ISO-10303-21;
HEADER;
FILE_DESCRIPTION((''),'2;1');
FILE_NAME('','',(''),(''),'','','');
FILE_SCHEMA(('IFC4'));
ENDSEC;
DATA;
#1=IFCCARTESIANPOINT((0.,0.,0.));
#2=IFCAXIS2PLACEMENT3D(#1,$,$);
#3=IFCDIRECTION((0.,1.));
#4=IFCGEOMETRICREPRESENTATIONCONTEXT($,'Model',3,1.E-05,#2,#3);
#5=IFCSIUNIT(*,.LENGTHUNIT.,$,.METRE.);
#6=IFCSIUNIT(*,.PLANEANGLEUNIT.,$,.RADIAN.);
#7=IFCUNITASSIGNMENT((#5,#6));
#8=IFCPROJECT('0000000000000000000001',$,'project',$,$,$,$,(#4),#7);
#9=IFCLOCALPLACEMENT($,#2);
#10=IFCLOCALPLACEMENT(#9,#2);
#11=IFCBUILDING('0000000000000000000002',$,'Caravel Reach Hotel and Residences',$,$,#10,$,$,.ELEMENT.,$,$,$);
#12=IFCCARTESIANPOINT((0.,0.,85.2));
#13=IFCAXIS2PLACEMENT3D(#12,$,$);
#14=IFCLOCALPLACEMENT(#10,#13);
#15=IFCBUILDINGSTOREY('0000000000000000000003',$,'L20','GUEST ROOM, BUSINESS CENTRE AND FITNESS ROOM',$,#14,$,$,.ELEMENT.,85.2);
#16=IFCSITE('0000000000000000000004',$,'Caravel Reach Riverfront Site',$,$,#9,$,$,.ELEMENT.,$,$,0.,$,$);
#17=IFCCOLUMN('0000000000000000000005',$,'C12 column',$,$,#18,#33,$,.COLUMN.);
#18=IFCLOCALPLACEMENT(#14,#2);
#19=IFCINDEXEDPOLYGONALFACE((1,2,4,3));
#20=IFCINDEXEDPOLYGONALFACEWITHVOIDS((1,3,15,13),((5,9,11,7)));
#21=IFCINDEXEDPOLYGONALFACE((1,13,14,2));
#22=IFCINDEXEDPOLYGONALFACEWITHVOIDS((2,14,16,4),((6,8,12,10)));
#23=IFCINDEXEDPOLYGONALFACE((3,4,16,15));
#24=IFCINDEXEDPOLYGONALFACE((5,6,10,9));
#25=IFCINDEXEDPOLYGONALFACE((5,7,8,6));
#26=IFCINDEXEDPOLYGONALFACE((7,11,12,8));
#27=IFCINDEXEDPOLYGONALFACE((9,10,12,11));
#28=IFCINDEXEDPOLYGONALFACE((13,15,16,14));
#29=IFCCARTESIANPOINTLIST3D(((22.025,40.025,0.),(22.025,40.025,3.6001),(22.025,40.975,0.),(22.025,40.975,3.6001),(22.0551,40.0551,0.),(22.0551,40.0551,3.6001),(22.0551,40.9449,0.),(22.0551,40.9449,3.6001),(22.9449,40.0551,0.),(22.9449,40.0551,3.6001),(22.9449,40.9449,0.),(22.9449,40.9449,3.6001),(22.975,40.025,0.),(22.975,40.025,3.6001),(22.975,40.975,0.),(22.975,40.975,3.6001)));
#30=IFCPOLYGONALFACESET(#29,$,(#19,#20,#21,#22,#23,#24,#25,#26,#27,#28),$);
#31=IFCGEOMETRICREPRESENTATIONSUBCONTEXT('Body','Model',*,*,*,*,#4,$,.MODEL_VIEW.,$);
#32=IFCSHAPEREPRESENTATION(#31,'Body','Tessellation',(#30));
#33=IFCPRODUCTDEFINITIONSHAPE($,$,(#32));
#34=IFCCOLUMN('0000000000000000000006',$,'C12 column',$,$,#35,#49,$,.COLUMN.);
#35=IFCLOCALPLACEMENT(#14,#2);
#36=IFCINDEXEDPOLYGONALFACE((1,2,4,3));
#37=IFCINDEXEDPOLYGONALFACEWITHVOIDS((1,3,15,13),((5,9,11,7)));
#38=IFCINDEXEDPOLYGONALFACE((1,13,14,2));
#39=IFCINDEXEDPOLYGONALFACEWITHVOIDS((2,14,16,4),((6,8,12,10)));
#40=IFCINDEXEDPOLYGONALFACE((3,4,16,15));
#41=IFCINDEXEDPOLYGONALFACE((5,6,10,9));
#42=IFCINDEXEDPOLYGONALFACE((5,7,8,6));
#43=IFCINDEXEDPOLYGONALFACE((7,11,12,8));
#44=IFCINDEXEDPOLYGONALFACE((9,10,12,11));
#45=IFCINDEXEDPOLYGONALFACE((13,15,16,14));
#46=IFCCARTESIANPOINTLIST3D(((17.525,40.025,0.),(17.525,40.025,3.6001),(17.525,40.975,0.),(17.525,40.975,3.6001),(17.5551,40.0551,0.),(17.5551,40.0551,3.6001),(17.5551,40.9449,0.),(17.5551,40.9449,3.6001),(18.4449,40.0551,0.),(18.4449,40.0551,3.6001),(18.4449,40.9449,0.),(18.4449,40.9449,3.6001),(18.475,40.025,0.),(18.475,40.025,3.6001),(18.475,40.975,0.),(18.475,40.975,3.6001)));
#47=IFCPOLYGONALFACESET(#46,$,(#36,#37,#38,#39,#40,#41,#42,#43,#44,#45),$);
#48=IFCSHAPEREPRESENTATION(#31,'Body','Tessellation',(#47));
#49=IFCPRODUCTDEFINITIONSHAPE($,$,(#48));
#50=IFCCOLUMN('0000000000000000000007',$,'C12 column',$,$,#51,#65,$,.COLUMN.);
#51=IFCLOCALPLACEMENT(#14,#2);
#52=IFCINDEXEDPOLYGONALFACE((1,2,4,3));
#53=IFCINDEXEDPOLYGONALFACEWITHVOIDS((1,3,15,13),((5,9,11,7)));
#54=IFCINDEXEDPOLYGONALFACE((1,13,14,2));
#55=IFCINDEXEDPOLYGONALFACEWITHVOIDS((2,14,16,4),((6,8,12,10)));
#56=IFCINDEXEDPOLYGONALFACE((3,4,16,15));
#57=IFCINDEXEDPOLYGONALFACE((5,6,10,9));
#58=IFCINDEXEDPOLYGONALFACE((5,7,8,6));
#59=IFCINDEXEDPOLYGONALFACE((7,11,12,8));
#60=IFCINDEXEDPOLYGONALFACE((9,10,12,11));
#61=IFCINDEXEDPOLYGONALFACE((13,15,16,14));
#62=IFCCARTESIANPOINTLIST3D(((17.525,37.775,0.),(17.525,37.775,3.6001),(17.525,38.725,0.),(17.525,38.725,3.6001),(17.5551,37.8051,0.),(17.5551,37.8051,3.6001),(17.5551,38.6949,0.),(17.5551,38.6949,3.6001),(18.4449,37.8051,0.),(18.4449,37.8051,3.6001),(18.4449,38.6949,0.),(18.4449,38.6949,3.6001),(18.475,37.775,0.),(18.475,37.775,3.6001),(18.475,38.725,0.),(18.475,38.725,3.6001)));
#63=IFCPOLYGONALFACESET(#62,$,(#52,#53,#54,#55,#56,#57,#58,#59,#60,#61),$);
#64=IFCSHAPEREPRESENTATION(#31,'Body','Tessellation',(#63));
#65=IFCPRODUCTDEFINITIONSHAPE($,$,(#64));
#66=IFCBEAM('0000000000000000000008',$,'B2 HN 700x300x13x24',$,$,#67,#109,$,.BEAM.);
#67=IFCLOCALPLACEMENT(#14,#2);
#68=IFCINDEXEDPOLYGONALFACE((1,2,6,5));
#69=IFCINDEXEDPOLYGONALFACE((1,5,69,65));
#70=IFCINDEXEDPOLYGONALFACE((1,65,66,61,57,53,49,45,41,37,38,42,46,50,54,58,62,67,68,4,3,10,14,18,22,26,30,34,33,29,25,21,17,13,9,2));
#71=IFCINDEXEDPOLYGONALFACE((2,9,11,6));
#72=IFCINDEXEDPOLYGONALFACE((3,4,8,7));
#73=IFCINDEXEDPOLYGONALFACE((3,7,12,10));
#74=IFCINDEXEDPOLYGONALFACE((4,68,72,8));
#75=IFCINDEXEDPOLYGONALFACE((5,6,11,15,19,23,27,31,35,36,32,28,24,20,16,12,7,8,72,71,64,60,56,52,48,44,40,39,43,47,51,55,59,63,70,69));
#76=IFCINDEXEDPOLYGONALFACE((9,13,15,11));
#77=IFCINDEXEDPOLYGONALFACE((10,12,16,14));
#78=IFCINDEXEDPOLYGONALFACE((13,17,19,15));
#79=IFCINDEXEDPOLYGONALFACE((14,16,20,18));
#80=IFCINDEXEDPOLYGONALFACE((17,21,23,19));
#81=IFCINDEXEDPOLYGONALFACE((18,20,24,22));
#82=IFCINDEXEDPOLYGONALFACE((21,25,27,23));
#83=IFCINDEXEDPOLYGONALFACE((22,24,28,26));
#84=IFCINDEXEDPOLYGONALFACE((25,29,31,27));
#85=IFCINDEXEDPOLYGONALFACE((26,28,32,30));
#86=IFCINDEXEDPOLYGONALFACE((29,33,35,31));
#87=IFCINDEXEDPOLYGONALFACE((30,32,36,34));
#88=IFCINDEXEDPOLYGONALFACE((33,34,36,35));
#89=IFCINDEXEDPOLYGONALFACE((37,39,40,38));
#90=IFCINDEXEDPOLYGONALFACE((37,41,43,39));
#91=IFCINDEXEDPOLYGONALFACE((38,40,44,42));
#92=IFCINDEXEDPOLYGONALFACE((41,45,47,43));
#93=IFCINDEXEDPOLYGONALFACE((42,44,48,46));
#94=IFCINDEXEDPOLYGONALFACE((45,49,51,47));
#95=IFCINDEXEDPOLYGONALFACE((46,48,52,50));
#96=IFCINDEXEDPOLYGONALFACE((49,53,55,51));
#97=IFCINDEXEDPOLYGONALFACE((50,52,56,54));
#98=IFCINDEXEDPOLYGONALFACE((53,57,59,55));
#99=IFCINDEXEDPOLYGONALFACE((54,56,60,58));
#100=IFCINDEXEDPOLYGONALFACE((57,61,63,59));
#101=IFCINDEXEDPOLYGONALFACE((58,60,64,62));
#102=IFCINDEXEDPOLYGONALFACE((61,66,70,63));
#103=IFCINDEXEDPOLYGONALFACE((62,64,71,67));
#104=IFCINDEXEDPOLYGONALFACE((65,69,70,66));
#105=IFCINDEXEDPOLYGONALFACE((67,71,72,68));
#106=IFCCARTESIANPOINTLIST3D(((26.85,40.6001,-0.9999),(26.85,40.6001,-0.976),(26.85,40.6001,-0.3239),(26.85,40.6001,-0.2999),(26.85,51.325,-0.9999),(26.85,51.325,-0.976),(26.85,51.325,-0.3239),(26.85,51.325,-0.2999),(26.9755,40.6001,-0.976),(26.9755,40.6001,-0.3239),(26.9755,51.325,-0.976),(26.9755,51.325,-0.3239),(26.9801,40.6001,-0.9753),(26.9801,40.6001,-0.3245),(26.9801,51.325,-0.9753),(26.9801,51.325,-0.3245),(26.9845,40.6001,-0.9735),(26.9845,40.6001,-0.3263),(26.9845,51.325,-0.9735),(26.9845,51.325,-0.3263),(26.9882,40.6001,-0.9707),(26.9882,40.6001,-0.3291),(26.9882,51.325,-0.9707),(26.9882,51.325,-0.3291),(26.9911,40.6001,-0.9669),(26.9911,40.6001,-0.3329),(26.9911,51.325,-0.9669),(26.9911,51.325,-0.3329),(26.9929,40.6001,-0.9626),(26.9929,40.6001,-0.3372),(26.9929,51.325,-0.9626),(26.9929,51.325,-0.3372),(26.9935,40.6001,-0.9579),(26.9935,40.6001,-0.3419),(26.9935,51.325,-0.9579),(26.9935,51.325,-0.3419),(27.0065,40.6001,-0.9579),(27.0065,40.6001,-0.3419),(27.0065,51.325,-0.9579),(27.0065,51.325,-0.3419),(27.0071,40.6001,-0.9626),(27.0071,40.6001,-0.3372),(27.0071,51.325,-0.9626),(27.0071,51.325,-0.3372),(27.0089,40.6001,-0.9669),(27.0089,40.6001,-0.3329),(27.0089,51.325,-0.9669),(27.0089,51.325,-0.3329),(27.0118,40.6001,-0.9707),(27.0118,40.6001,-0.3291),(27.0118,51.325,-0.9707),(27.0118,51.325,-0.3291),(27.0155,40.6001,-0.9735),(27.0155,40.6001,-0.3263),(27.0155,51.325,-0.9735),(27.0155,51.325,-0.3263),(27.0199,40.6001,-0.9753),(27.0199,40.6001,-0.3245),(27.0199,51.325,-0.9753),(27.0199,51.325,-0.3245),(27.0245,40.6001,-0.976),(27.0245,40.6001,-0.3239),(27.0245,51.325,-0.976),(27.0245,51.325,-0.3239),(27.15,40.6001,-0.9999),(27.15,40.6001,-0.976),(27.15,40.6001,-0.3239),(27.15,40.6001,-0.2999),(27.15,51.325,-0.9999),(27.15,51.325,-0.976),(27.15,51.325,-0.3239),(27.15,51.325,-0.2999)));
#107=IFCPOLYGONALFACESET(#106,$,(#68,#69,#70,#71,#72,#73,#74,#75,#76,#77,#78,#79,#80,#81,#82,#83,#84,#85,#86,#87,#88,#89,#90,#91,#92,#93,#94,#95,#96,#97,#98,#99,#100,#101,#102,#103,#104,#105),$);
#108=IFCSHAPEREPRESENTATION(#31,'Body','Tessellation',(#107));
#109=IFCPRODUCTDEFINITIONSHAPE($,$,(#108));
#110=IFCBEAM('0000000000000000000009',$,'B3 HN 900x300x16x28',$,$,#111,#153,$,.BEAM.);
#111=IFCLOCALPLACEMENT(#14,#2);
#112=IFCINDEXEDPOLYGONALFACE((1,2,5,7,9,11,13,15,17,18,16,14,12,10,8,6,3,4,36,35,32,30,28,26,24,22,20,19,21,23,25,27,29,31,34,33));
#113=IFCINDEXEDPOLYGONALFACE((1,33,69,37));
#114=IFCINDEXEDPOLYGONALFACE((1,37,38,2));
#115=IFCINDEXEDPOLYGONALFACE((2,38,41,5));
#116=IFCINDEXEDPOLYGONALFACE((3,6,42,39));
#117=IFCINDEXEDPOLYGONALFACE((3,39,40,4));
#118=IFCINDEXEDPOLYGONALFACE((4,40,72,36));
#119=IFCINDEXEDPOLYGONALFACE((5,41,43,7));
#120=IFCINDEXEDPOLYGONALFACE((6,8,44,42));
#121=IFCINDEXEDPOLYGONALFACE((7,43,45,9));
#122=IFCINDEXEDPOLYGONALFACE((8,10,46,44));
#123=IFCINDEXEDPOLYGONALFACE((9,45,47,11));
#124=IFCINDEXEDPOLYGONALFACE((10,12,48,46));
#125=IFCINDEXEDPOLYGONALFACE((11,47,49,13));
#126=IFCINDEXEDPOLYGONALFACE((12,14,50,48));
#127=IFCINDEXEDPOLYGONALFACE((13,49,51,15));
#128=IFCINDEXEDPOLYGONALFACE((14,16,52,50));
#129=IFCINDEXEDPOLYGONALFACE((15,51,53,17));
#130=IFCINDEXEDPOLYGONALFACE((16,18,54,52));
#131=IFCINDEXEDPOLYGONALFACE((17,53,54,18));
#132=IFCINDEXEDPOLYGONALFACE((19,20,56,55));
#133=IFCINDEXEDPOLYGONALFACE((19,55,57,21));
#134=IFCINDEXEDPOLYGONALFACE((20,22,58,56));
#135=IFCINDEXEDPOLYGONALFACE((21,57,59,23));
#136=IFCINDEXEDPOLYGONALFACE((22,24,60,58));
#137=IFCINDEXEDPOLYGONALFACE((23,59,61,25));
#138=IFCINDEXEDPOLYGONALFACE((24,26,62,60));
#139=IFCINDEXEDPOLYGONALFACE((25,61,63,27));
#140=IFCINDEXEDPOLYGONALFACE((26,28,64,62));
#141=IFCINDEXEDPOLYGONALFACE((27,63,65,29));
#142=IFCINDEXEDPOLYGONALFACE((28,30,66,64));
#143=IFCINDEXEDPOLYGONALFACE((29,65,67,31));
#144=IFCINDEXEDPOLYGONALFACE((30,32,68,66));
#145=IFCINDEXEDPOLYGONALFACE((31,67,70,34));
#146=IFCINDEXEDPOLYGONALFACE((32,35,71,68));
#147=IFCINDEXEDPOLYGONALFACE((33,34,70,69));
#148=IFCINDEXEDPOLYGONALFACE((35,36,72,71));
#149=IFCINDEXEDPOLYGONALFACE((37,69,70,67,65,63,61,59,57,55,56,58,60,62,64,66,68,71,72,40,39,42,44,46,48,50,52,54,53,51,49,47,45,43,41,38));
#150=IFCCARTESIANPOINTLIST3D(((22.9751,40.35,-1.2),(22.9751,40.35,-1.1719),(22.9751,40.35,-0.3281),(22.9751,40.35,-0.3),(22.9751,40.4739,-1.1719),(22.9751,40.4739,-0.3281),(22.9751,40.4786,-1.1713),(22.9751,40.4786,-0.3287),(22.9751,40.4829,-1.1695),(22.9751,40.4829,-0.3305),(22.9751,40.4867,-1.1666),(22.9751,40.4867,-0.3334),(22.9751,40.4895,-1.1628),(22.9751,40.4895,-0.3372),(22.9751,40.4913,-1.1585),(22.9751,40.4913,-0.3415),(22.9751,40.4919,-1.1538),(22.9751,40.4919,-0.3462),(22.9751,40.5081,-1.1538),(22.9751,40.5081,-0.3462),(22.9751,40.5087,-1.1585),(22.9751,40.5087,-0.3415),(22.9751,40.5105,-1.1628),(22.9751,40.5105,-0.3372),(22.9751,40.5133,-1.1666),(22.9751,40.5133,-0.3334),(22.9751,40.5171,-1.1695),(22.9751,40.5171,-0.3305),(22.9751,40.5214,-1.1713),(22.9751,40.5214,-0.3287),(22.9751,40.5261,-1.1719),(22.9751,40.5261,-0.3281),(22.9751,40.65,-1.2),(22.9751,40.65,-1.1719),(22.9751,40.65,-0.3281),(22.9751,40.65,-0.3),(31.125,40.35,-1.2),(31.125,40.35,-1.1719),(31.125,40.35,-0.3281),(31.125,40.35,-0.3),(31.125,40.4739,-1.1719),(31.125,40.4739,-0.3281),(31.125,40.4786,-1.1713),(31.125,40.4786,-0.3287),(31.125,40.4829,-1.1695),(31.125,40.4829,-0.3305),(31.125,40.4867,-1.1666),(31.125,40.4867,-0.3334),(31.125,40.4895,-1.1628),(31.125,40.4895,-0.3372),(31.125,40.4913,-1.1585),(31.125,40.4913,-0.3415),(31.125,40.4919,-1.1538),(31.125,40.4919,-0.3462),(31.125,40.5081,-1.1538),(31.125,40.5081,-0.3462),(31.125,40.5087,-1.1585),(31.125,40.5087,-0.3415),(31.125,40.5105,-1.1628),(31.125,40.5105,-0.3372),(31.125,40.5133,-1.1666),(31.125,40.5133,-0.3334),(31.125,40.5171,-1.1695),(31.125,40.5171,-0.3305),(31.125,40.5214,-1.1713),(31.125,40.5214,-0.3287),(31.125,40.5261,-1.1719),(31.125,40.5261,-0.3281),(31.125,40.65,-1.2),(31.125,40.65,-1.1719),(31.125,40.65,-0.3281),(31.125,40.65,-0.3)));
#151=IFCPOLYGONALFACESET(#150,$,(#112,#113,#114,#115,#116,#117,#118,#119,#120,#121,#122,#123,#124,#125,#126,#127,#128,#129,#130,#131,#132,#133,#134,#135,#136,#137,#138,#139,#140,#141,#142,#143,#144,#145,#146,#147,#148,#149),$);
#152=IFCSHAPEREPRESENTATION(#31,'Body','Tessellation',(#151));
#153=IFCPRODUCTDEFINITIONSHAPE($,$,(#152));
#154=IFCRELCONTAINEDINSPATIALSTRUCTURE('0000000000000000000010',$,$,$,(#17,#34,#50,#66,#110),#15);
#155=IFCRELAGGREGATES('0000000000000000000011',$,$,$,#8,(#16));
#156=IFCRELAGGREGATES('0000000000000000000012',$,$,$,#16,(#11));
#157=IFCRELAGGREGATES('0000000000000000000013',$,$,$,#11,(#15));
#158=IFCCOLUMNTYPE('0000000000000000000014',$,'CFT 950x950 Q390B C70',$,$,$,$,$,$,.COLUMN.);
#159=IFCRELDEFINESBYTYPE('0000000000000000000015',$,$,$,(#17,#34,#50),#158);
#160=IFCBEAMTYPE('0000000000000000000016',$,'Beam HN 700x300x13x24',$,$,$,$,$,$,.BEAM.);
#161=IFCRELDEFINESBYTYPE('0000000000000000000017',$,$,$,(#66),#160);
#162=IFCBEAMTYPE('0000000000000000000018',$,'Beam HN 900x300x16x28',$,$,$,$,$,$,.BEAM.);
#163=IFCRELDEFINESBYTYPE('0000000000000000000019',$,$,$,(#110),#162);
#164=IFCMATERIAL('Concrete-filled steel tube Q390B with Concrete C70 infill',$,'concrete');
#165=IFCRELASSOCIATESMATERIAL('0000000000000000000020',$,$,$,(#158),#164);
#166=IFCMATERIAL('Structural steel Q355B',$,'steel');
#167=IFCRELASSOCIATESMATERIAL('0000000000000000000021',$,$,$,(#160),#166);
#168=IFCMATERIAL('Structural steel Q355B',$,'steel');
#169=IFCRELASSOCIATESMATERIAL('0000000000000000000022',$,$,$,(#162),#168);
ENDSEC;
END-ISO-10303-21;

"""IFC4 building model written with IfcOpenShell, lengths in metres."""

from ifc_helpers import new_model, si_unit, direction, frame, origin, origin_2d, place, context, subcontext, project, spatial, hollow_rectangle, i_section, extrude, material, material_profile, profile_set, type_object, element, save


model = new_model("IFC4")

# Units and contexts
model_context = context("Model", 3, precision=1e-05, world=origin(), true_north=direction((0.0, 1.0)))
body_context = subcontext(model_context, "Body", "Model", "MODEL_VIEW")
ifc_project = project(units=[si_unit("LENGTHUNIT", "METRE"), si_unit("PLANEANGLEUNIT", "RADIAN")], contexts=[model_context])

# Site, building, storey
site_placement = place(None, origin())
site = spatial("IfcSite", under=ifc_project, at=site_placement, Name="Caravel Reach Riverfront Site", CompositionType="ELEMENT", RefElevation=0.0)
building_placement = place(site_placement, origin())
building = spatial("IfcBuilding", under=site, at=building_placement, Name="Caravel Reach Hotel and Residences", CompositionType="ELEMENT")
storey_placement = place(building_placement, frame((0.0, 0.0, 85.2)))
storey = spatial("IfcBuildingStorey", under=building, at=storey_placement, Name="L20", Description="GUEST ROOM, BUSINESS CENTRE AND FITNESS ROOM", CompositionType="ELEMENT", Elevation=85.2)

# Columns
ifc_material_1 = material(Name="Concrete-filled steel tube Q390B with Concrete C70 infill", Category="concrete")
ifc_material_profile_1 = material_profile(ifc_material_1, hollow_rectangle(XDim=0.95, YDim=0.95, WallThickness=0.03, at=origin_2d()), Name="RHS 950x950x30")
ifc_profile_set_1 = profile_set([ifc_material_profile_1], Name="Concrete-filled steel tube Q390B with Concrete C70 infill")
column_type = type_object("IfcColumnType", Name="CFT 950x950 Q390B C70", PredefinedType="COLUMN", material=ifc_profile_set_1)
for number, where, z_axis, x_axis, name in (
    (1, (22.5, 40.5, 0.0), (0.0, 0.0, 1.0), (1.0, 0.0, 0.0), "C12 column"),
    (2, (18.0, 40.5, 0.0), (0.0, 0.0, 1.0), (1.0, 0.0, 0.0), "C12 column"),
    (3, (18.0, 38.25, 0.0), (0.0, 0.0, 1.0), (1.0, 0.0, 0.0), "C12 column"),
):
    element("IfcColumn", number, at=place(storey_placement, frame(where, z_axis=z_axis, x_axis=x_axis)), inside=storey, type_object=column_type, Name=name, PredefinedType="COLUMN", context=body_context, shape_type="SweptSolid", body=[
        extrude(hollow_rectangle(XDim=0.95, YDim=0.95, WallThickness=0.03, at=origin_2d()), origin(), (0.0, 0.0, 1.0), 3.6001),
    ])

# Beams
ifc_material_2 = material(Name="Structural steel Q355B", Category="steel")
ifc_material_profile_2 = material_profile(ifc_material_2, i_section(OverallWidth=0.3, OverallDepth=0.7, WebThickness=0.0129, FlangeThickness=0.0239, FilletRadius=0.0181, at=origin_2d()), Name="HN 700x300x13x24")
ifc_profile_set_2 = profile_set([ifc_material_profile_2], Name="Structural steel Q355B")
beam_type_1 = type_object("IfcBeamType", Name="Beam HN 700x300x13x24", PredefinedType="BEAM", material=ifc_profile_set_2)
beam_1_placement = place(storey_placement, frame((27.0, 40.6001, -0.6499), z_axis=(0.0, 1.0, 0.0), x_axis=(-1.0, 0.0, 0.0)))
element("IfcBeam", 4, at=beam_1_placement, inside=storey, type_object=beam_type_1, Name="B2 HN 700x300x13x24", PredefinedType="BEAM", context=body_context, shape_type="SweptSolid", body=[
    extrude(i_section(OverallWidth=0.3, OverallDepth=0.7, WebThickness=0.0129, FlangeThickness=0.0239, FilletRadius=0.0181, at=origin_2d()), origin(), (0.0, 0.0, 1.0), 10.7249),
])
ifc_material_3 = material(Name="Structural steel Q355B", Category="steel")
ifc_material_profile_3 = material_profile(ifc_material_3, i_section(OverallWidth=0.3, OverallDepth=0.8999, WebThickness=0.0161, FlangeThickness=0.0281, FilletRadius=0.0181, at=origin_2d()), Name="HN 900x300x16x28")
ifc_profile_set_3 = profile_set([ifc_material_profile_3], Name="Structural steel Q355B")
beam_type_2 = type_object("IfcBeamType", Name="Beam HN 900x300x16x28", PredefinedType="BEAM", material=ifc_profile_set_3)
beam_2_placement = place(storey_placement, frame((22.9751, 40.5, -0.75), z_axis=(1.0, 0.0, 0.0), x_axis=(0.0, 1.0, 0.0)))
element("IfcBeam", 5, at=beam_2_placement, inside=storey, type_object=beam_type_2, Name="B3 HN 900x300x16x28", PredefinedType="BEAM", context=body_context, shape_type="SweptSolid", body=[
    extrude(i_section(OverallWidth=0.3, OverallDepth=0.8999, WebThickness=0.0161, FlangeThickness=0.0281, FilletRadius=0.0181, at=origin_2d()), origin(), (0.0, 0.0, 1.0), 8.1499),
])

save(model, "model.ifc")
